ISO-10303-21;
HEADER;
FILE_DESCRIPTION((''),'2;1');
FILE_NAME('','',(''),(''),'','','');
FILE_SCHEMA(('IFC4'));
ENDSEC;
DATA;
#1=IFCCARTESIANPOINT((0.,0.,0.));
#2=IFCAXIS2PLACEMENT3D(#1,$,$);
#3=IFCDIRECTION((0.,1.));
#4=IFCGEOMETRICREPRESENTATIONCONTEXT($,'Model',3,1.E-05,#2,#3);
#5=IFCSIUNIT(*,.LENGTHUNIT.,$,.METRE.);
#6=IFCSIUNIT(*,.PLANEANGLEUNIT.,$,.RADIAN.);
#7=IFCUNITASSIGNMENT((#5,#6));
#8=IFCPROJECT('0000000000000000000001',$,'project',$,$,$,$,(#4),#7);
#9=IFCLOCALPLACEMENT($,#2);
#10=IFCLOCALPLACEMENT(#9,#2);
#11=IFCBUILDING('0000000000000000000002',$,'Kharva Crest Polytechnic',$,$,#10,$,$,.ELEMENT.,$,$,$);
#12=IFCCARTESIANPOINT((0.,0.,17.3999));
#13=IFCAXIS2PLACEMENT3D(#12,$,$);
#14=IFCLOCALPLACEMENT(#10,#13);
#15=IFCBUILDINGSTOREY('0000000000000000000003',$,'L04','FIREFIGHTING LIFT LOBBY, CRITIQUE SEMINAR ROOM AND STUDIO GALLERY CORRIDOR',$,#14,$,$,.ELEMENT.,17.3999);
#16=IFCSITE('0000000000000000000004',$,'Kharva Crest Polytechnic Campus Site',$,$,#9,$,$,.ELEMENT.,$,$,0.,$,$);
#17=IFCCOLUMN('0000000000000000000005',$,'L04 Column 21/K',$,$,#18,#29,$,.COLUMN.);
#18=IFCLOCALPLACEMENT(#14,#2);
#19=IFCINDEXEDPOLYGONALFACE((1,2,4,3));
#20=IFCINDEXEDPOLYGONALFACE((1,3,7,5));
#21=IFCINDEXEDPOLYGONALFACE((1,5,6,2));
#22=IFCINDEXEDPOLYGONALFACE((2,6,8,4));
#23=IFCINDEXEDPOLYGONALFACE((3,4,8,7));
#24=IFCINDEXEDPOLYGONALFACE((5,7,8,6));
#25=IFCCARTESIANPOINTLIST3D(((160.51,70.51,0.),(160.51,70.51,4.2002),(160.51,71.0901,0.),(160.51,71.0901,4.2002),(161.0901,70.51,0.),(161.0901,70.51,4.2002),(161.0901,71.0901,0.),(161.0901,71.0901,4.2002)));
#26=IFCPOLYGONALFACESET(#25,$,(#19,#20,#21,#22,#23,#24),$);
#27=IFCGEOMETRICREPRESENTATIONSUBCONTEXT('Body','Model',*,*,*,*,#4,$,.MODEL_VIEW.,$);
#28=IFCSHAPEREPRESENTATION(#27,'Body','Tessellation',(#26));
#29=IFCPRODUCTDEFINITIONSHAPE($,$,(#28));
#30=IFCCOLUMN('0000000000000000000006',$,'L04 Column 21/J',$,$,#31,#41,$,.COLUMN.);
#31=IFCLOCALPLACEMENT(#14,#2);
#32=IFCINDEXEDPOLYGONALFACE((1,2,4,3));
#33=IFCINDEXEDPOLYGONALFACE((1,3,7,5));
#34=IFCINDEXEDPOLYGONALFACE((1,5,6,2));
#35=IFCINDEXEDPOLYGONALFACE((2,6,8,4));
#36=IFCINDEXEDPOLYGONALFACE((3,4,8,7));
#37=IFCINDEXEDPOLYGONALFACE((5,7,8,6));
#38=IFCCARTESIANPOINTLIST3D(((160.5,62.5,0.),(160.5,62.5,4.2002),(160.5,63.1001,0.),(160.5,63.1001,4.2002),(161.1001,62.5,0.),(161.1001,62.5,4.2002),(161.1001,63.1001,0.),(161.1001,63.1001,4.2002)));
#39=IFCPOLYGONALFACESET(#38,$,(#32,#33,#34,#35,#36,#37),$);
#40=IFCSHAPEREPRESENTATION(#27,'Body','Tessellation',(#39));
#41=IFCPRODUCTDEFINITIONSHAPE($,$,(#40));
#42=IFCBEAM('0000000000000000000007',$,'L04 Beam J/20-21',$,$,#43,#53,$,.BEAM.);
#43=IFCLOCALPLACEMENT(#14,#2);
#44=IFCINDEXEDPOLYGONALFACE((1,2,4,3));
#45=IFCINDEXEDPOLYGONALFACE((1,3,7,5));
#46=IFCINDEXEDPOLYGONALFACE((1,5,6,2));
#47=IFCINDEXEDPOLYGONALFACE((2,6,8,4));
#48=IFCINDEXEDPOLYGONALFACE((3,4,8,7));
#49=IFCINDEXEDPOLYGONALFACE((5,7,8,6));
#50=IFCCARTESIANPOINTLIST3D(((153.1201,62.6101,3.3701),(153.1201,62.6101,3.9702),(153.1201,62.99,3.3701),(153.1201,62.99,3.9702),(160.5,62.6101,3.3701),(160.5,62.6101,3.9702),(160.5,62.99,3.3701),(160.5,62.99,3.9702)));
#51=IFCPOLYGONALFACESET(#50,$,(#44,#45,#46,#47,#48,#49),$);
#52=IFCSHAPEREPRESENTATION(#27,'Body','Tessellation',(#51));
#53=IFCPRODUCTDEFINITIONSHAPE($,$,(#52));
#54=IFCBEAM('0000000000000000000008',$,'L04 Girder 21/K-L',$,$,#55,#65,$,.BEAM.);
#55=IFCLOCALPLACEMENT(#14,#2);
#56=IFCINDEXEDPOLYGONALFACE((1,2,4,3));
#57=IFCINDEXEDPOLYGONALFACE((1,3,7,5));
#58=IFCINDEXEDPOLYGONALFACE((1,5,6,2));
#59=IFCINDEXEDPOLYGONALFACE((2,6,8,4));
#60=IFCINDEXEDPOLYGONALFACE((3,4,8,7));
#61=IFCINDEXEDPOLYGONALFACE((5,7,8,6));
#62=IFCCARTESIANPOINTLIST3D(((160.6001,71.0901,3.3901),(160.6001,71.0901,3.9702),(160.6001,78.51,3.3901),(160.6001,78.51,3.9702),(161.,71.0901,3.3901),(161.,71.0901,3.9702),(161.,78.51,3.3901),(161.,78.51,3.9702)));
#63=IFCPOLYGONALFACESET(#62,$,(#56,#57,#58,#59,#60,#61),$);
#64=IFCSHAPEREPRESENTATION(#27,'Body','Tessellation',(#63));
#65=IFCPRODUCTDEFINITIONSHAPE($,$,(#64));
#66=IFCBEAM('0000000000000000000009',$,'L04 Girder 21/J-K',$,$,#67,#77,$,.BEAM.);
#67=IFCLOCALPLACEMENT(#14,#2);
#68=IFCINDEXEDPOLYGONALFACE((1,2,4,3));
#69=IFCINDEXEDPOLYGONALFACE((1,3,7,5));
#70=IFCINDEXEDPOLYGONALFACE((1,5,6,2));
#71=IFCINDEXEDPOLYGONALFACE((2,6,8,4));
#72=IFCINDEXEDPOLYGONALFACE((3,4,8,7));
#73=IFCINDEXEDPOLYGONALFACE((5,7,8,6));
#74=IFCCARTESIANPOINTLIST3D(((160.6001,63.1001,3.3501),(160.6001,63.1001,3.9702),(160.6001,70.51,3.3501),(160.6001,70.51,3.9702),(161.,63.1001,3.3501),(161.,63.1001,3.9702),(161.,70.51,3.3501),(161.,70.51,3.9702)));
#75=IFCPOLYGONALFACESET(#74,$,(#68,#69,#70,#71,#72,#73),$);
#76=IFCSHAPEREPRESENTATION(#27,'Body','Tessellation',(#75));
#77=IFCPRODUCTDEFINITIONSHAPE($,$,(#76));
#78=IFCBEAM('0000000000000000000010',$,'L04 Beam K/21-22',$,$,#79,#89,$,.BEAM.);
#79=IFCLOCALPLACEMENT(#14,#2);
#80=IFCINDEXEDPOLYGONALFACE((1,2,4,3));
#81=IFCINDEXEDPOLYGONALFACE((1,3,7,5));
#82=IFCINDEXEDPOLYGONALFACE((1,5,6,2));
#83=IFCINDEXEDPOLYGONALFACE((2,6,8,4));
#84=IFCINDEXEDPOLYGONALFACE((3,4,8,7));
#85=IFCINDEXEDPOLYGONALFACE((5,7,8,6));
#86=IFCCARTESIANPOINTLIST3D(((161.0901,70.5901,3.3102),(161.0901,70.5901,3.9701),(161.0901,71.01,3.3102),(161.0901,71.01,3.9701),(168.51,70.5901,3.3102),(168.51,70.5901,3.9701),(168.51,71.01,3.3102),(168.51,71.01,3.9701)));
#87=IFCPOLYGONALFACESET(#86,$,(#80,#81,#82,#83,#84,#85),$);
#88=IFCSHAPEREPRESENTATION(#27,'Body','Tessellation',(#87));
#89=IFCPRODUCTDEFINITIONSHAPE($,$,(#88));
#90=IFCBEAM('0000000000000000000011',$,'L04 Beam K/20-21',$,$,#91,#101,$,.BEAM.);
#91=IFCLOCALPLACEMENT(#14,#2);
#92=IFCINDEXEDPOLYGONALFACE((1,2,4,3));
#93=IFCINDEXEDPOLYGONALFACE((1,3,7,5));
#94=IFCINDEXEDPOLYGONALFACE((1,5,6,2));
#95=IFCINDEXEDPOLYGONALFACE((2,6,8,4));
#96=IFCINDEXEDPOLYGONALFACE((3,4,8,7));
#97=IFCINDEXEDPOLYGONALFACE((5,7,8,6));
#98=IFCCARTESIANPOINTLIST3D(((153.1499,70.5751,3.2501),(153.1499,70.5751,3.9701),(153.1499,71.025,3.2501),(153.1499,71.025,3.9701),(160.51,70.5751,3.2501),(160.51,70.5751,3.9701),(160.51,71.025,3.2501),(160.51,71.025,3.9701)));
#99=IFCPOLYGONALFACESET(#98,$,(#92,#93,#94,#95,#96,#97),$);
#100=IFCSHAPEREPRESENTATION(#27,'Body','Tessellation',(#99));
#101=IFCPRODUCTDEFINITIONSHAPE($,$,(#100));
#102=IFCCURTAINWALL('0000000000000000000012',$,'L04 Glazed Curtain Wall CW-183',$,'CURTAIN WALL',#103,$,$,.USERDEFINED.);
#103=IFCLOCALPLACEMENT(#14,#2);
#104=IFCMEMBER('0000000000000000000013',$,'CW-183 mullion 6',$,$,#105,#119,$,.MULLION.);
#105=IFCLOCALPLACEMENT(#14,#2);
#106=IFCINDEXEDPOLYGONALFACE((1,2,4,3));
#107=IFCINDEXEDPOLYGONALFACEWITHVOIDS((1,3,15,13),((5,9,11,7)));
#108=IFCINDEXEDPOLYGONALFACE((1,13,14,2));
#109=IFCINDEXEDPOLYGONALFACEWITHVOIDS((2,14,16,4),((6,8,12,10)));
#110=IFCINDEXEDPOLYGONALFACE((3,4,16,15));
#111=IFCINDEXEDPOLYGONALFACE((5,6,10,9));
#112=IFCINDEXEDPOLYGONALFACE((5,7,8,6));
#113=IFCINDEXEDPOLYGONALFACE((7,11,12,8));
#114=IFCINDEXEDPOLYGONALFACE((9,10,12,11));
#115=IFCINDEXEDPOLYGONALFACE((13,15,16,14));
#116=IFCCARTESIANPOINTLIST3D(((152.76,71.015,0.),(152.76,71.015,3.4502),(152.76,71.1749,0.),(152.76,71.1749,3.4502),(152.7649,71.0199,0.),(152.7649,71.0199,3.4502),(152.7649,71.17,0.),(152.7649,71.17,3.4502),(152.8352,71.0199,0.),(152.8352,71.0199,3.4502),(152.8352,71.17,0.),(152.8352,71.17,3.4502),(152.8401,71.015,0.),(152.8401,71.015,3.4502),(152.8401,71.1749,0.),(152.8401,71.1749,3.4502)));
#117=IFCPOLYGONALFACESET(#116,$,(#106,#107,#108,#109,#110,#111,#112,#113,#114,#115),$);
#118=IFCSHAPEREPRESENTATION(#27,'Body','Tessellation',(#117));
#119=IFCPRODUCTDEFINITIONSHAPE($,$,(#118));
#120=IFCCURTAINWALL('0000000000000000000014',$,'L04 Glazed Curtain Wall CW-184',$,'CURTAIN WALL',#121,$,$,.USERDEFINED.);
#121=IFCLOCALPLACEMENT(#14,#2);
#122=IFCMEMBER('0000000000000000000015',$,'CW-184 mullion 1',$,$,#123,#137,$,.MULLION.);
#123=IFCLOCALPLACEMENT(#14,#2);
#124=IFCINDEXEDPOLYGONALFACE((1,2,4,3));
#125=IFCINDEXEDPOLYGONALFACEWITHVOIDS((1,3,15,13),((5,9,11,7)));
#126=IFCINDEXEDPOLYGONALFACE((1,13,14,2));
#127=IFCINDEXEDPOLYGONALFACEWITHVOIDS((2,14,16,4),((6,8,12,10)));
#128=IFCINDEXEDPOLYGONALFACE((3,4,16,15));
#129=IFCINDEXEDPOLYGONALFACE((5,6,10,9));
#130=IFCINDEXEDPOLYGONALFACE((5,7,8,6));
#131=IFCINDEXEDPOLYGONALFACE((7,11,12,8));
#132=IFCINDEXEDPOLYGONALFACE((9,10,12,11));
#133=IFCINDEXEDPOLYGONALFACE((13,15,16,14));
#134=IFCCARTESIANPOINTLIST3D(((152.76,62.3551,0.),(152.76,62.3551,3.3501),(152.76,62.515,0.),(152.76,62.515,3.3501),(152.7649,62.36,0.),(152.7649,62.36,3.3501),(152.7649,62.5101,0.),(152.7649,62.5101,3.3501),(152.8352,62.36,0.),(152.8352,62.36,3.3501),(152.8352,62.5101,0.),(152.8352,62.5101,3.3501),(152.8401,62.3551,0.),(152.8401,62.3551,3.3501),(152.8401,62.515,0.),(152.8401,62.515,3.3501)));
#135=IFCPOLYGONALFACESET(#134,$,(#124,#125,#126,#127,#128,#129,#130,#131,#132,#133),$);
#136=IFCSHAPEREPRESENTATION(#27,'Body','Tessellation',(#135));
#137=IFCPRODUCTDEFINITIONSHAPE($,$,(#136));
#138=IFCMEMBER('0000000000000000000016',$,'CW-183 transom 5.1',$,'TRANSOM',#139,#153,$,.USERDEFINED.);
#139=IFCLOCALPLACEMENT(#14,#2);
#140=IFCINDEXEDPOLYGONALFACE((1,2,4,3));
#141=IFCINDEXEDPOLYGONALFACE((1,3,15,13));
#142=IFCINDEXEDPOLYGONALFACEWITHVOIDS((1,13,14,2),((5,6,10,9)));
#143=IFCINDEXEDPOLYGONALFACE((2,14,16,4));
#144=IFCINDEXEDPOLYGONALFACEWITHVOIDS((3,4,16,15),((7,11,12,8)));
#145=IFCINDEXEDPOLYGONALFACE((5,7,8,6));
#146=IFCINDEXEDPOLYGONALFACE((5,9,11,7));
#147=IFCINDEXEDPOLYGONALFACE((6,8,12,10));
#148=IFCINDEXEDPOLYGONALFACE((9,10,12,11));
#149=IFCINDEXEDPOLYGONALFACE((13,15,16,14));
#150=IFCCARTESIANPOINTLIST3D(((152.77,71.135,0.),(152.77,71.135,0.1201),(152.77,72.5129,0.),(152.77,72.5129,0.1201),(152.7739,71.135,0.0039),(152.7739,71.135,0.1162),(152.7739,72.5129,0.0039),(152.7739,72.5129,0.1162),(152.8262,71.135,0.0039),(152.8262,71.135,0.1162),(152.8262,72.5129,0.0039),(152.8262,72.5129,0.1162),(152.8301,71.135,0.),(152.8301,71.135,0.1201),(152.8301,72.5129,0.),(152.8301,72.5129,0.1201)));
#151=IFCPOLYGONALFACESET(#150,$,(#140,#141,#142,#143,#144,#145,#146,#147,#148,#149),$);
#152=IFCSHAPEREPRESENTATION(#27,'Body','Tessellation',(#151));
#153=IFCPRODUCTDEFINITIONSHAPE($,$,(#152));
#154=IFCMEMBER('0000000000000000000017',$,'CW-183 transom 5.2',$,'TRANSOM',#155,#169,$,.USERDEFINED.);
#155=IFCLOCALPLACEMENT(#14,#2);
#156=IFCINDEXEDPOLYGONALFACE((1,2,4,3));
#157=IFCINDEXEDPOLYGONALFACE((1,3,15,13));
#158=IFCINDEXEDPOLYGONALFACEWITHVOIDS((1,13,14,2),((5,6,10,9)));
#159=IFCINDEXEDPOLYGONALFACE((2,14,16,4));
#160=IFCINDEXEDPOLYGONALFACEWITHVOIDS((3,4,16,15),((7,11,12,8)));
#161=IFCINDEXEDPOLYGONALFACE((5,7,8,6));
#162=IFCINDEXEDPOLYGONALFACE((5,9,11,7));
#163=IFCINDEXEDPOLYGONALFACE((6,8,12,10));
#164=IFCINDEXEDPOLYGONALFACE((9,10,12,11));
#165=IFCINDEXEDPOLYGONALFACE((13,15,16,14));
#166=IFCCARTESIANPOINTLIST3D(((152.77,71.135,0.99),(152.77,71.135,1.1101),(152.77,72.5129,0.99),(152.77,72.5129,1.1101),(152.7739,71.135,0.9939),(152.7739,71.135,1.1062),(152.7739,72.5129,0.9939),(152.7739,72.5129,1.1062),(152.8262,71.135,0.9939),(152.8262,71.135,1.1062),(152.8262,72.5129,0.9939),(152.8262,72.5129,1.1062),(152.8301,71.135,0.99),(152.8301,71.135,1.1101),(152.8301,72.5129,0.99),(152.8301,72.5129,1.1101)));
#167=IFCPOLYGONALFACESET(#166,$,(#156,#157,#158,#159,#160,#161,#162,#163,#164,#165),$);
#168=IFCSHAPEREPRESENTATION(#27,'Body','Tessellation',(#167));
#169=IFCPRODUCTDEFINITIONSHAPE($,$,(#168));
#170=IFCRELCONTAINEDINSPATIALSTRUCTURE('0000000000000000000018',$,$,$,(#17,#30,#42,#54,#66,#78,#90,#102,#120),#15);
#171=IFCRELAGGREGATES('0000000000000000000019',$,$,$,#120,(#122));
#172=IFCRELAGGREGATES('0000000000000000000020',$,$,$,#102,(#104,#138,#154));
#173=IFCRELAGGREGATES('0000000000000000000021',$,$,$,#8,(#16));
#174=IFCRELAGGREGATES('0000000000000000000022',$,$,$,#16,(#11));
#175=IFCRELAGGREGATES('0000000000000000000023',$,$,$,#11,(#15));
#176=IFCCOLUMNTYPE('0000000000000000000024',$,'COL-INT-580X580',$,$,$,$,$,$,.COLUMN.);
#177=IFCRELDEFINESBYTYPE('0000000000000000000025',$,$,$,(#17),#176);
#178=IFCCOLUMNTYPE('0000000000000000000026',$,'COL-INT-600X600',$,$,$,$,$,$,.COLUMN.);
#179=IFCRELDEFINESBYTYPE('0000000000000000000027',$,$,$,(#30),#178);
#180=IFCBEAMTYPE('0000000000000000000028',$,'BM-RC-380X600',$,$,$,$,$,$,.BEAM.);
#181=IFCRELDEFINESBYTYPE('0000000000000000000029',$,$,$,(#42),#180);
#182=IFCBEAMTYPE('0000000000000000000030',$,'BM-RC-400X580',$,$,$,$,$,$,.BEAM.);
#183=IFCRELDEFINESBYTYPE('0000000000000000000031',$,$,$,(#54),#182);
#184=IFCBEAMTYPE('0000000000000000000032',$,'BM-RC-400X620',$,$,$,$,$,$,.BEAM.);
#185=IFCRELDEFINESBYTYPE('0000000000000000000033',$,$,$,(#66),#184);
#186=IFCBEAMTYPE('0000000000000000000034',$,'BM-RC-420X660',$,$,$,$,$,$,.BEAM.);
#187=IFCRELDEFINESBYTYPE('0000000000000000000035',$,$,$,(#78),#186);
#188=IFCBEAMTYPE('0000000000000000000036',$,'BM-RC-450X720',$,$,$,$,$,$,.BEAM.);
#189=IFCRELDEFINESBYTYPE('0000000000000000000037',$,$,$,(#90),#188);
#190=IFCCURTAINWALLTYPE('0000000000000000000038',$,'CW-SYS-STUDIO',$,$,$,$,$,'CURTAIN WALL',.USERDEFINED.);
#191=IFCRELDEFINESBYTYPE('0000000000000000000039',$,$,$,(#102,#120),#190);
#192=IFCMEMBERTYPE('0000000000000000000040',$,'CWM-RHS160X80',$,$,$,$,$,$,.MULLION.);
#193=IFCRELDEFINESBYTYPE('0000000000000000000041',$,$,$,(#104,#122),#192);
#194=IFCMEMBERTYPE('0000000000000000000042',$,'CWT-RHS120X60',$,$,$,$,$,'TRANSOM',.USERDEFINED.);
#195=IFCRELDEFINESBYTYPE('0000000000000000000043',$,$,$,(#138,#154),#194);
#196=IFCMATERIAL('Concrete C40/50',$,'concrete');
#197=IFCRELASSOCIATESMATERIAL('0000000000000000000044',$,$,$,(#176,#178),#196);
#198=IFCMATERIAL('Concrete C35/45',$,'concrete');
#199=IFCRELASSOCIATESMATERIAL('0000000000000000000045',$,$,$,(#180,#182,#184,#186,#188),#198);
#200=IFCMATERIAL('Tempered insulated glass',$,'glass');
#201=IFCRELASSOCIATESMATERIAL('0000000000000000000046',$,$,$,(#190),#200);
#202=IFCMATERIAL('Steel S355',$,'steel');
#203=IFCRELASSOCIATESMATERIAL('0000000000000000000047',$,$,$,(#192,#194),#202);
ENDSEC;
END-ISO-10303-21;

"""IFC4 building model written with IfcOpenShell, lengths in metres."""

from ifc_helpers import new_model, si_unit, direction, frame, origin, origin_2d, place, context, subcontext, project, spatial, rectangle, hollow_rectangle, extrude, material, material_profile, profile_set, type_object, element, aggregate, save


model = new_model("IFC4")

# Units and contexts
model_context = context("Model", 3, precision=1e-05, world=origin(), true_north=direction((0.0, 1.0)))
body_context = subcontext(model_context, "Body", "Model", "MODEL_VIEW")
ifc_project = project(units=[si_unit("LENGTHUNIT", "METRE"), si_unit("PLANEANGLEUNIT", "RADIAN")], contexts=[model_context])

# Site, building, storey
site_placement = place(None, origin())
site = spatial("IfcSite", under=ifc_project, at=site_placement, Name="Kharva Crest Polytechnic Campus Site", CompositionType="ELEMENT", RefElevation=0.0)
building_placement = place(site_placement, origin())
building = spatial("IfcBuilding", under=site, at=building_placement, Name="Kharva Crest Polytechnic", CompositionType="ELEMENT")
storey_placement = place(building_placement, frame((0.0, 0.0, 17.3999)))
storey = spatial("IfcBuildingStorey", under=building, at=storey_placement, Name="L04", Description="FIREFIGHTING LIFT LOBBY, CRITIQUE SEMINAR ROOM AND STUDIO GALLERY CORRIDOR", CompositionType="ELEMENT", Elevation=17.3999)

# Columns
ifc_material_1 = material(Name="Concrete C40/50", Category="concrete")
ifc_material_profile_1 = material_profile(ifc_material_1, rectangle(XDim=0.5801, YDim=0.5801, at=origin_2d()), Name="RECT 580 X 580")
ifc_profile_set_1 = profile_set([ifc_material_profile_1], Name="Concrete C40/50")
column_type_1 = type_object("IfcColumnType", Name="COL-INT-580X580", PredefinedType="COLUMN", material=ifc_profile_set_1)
column_1_placement = place(storey_placement, frame((160.8, 70.8, 0.0), z_axis=(0.0, 0.0, 1.0), x_axis=(1.0, 0.0, 0.0)))
element("IfcColumn", 1, at=column_1_placement, inside=storey, type_object=column_type_1, Name="L04 Column 21/K", PredefinedType="COLUMN", context=body_context, shape_type="SweptSolid", body=[
    extrude(rectangle(XDim=0.5801, YDim=0.5801, at=origin_2d()), origin(), (0.0, 0.0, 1.0), 4.2002),
])
ifc_material_profile_2 = material_profile(ifc_material_1, rectangle(XDim=0.6001, YDim=0.6001, at=origin_2d()), Name="RECT 600 X 600")
ifc_profile_set_2 = profile_set([ifc_material_profile_2], Name="Concrete C40/50")
column_type_2 = type_object("IfcColumnType", Name="COL-INT-600X600", PredefinedType="COLUMN", material=ifc_profile_set_2)
column_2_placement = place(storey_placement, frame((160.8, 62.8, 0.0), z_axis=(0.0, 0.0, 1.0), x_axis=(1.0, 0.0, 0.0)))
element("IfcColumn", 2, at=column_2_placement, inside=storey, type_object=column_type_2, Name="L04 Column 21/J", PredefinedType="COLUMN", context=body_context, shape_type="SweptSolid", body=[
    extrude(rectangle(XDim=0.6001, YDim=0.6001, at=origin_2d()), origin(), (0.0, 0.0, 1.0), 4.2002),
])

# Beams
ifc_material_2 = material(Name="Concrete C35/45", Category="concrete")
ifc_material_profile_3 = material_profile(ifc_material_2, rectangle(XDim=0.3799, YDim=0.6001, at=origin_2d()), Name="RECT 380 X 600")
ifc_profile_set_3 = profile_set([ifc_material_profile_3], Name="Concrete C35/45")
beam_type_1 = type_object("IfcBeamType", Name="BM-RC-380X600", PredefinedType="BEAM", material=ifc_profile_set_3)
beam_1_placement = place(storey_placement, frame((153.1201, 62.8, 3.6702), z_axis=(1.0, 0.0, 0.0), x_axis=(0.0, 1.0, 0.0)))
element("IfcBeam", 3, at=beam_1_placement, inside=storey, type_object=beam_type_1, Name="L04 Beam J/20-21", PredefinedType="BEAM", context=body_context, shape_type="SweptSolid", body=[
    extrude(rectangle(XDim=0.3799, YDim=0.6001, at=origin_2d()), origin(), (0.0, 0.0, 1.0), 7.3799),
])
ifc_material_profile_4 = material_profile(ifc_material_2, rectangle(XDim=0.3999, YDim=0.5801, at=origin_2d()), Name="RECT 400 X 580")
ifc_profile_set_4 = profile_set([ifc_material_profile_4], Name="Concrete C35/45")
beam_type_2 = type_object("IfcBeamType", Name="BM-RC-400X580", PredefinedType="BEAM", material=ifc_profile_set_4)
beam_2_placement = place(storey_placement, frame((160.8, 71.0901, 3.6802), z_axis=(0.0, 1.0, 0.0), x_axis=(-1.0, 0.0, 0.0)))
element("IfcBeam", 4, at=beam_2_placement, inside=storey, type_object=beam_type_2, Name="L04 Girder 21/K-L", PredefinedType="BEAM", context=body_context, shape_type="SweptSolid", body=[
    extrude(rectangle(XDim=0.3999, YDim=0.5801, at=origin_2d()), origin(), (0.0, 0.0, 1.0), 7.4199),
])
ifc_material_profile_5 = material_profile(ifc_material_2, rectangle(XDim=0.3999, YDim=0.6201, at=origin_2d()), Name="RECT 400 X 620")
ifc_profile_set_5 = profile_set([ifc_material_profile_5], Name="Concrete C35/45")
beam_type_3 = type_object("IfcBeamType", Name="BM-RC-400X620", PredefinedType="BEAM", material=ifc_profile_set_5)
beam_3_placement = place(storey_placement, frame((160.8, 63.1001, 3.6602), z_axis=(0.0, 1.0, 0.0), x_axis=(-1.0, 0.0, 0.0)))
element("IfcBeam", 5, at=beam_3_placement, inside=storey, type_object=beam_type_3, Name="L04 Girder 21/J-K", PredefinedType="BEAM", context=body_context, shape_type="SweptSolid", body=[
    extrude(rectangle(XDim=0.3999, YDim=0.6201, at=origin_2d()), origin(), (0.0, 0.0, 1.0), 7.4099),
])
ifc_material_profile_6 = material_profile(ifc_material_2, rectangle(XDim=0.4199, YDim=0.6599, at=origin_2d()), Name="RECT 420 X 660")
ifc_profile_set_6 = profile_set([ifc_material_profile_6], Name="Concrete C35/45")
beam_type_4 = type_object("IfcBeamType", Name="BM-RC-420X660", PredefinedType="BEAM", material=ifc_profile_set_6)
beam_4_placement = place(storey_placement, frame((161.0901, 70.8, 3.6401), z_axis=(1.0, 0.0, 0.0), x_axis=(0.0, 1.0, 0.0)))
element("IfcBeam", 6, at=beam_4_placement, inside=storey, type_object=beam_type_4, Name="L04 Beam K/21-22", PredefinedType="BEAM", context=body_context, shape_type="SweptSolid", body=[
    extrude(rectangle(XDim=0.4199, YDim=0.6599, at=origin_2d()), origin(), (0.0, 0.0, 1.0), 7.4199),
])
ifc_material_profile_7 = material_profile(ifc_material_2, rectangle(XDim=0.45, YDim=0.72, at=origin_2d()), Name="RECT 450 X 720")
ifc_profile_set_7 = profile_set([ifc_material_profile_7], Name="Concrete C35/45")
beam_type_5 = type_object("IfcBeamType", Name="BM-RC-450X720", PredefinedType="BEAM", material=ifc_profile_set_7)
beam_5_placement = place(storey_placement, frame((153.1499, 70.8, 3.6101), z_axis=(1.0, 0.0, 0.0), x_axis=(0.0, 1.0, 0.0)))
element("IfcBeam", 7, at=beam_5_placement, inside=storey, type_object=beam_type_5, Name="L04 Beam K/20-21", PredefinedType="BEAM", context=body_context, shape_type="SweptSolid", body=[
    extrude(rectangle(XDim=0.45, YDim=0.72, at=origin_2d()), origin(), (0.0, 0.0, 1.0), 7.3601),
])

# Curtain walls, members
ifc_material_3 = material(Name="Tempered insulated glass", Category="glass")
curtain_wall_type = type_object("IfcCurtainWallType", Name="CW-SYS-STUDIO", ElementType="CURTAIN WALL", PredefinedType="USERDEFINED", material=ifc_material_3)
curtain_wall_1_placement = place(storey_placement, origin())
curtain_wall_1 = element("IfcCurtainWall", 8, at=curtain_wall_1_placement, inside=storey, type_object=curtain_wall_type, Name="L04 Glazed Curtain Wall CW-183", ObjectType="CURTAIN WALL", PredefinedType="USERDEFINED")
ifc_material_4 = material(Name="Steel S355", Category="steel")
ifc_material_profile_8 = material_profile(ifc_material_4, hollow_rectangle(XDim=0.0801, YDim=0.1599, WallThickness=0.0049, at=origin_2d()), Name="RHS 160X80X5.0")
ifc_profile_set_8 = profile_set([ifc_material_profile_8], Name="Steel S355")
member_type_1 = type_object("IfcMemberType", Name="CWM-RHS160X80", PredefinedType="MULLION", material=ifc_profile_set_8)
member_1_placement = place(storey_placement, frame((152.8, 71.095, 0.0), z_axis=(0.0, 0.0, 1.0), x_axis=(1.0, 0.0, 0.0)))
member_1 = element("IfcMember", 9, at=member_1_placement, type_object=member_type_1, Name="CW-183 mullion 6", PredefinedType="MULLION", context=body_context, shape_type="SweptSolid", body=[
    extrude(hollow_rectangle(XDim=0.0801, YDim=0.1599, WallThickness=0.0049, at=origin_2d()), origin(), (0.0, 0.0, 1.0), 3.4502),
])
curtain_wall_2_placement = place(storey_placement, origin())
curtain_wall_2 = element("IfcCurtainWall", 10, at=curtain_wall_2_placement, inside=storey, type_object=curtain_wall_type, Name="L04 Glazed Curtain Wall CW-184", ObjectType="CURTAIN WALL", PredefinedType="USERDEFINED")
member_2_placement = place(storey_placement, frame((152.8, 62.4351, 0.0), z_axis=(0.0, 0.0, 1.0), x_axis=(1.0, 0.0, 0.0)))
member_2 = element("IfcMember", 11, at=member_2_placement, type_object=member_type_1, Name="CW-184 mullion 1", PredefinedType="MULLION", context=body_context, shape_type="SweptSolid", body=[
    extrude(hollow_rectangle(XDim=0.0801, YDim=0.1599, WallThickness=0.0049, at=origin_2d()), origin(), (0.0, 0.0, 1.0), 3.3501),
])

# Members
ifc_material_profile_9 = material_profile(ifc_material_4, hollow_rectangle(XDim=0.0601, YDim=0.1201, WallThickness=0.0039, at=origin_2d()), Name="RHS 120X60X4.0")
ifc_profile_set_9 = profile_set([ifc_material_profile_9], Name="Steel S355")
member_type_2 = type_object("IfcMemberType", Name="CWT-RHS120X60", ElementType="TRANSOM", PredefinedType="USERDEFINED", material=ifc_profile_set_9)
member_3_placement = place(storey_placement, frame((152.8, 72.5129, 0.0601), z_axis=(0.0, -1.0, 0.0), x_axis=(1.0, 0.0, 0.0)))
member_3 = element("IfcMember", 12, at=member_3_placement, type_object=member_type_2, Name="CW-183 transom 5.1", ObjectType="TRANSOM", PredefinedType="USERDEFINED", context=body_context, shape_type="SweptSolid", body=[
    extrude(hollow_rectangle(XDim=0.0601, YDim=0.1201, WallThickness=0.0039, at=origin_2d()), origin(), (0.0, 0.0, 1.0), 1.3779),
])
member_4_placement = place(storey_placement, frame((152.8, 72.5129, 1.05), z_axis=(0.0, -1.0, 0.0), x_axis=(1.0, 0.0, 0.0)))
member_4 = element("IfcMember", 13, at=member_4_placement, type_object=member_type_2, Name="CW-183 transom 5.2", ObjectType="TRANSOM", PredefinedType="USERDEFINED", context=body_context, shape_type="SweptSolid", body=[
    extrude(hollow_rectangle(XDim=0.0601, YDim=0.1201, WallThickness=0.0039, at=origin_2d()), origin(), (0.0, 0.0, 1.0), 1.3779),
])
aggregate(curtain_wall_2, [member_2])

aggregate(curtain_wall_1, [member_1, member_3, member_4])

save(model, "model.ifc")
